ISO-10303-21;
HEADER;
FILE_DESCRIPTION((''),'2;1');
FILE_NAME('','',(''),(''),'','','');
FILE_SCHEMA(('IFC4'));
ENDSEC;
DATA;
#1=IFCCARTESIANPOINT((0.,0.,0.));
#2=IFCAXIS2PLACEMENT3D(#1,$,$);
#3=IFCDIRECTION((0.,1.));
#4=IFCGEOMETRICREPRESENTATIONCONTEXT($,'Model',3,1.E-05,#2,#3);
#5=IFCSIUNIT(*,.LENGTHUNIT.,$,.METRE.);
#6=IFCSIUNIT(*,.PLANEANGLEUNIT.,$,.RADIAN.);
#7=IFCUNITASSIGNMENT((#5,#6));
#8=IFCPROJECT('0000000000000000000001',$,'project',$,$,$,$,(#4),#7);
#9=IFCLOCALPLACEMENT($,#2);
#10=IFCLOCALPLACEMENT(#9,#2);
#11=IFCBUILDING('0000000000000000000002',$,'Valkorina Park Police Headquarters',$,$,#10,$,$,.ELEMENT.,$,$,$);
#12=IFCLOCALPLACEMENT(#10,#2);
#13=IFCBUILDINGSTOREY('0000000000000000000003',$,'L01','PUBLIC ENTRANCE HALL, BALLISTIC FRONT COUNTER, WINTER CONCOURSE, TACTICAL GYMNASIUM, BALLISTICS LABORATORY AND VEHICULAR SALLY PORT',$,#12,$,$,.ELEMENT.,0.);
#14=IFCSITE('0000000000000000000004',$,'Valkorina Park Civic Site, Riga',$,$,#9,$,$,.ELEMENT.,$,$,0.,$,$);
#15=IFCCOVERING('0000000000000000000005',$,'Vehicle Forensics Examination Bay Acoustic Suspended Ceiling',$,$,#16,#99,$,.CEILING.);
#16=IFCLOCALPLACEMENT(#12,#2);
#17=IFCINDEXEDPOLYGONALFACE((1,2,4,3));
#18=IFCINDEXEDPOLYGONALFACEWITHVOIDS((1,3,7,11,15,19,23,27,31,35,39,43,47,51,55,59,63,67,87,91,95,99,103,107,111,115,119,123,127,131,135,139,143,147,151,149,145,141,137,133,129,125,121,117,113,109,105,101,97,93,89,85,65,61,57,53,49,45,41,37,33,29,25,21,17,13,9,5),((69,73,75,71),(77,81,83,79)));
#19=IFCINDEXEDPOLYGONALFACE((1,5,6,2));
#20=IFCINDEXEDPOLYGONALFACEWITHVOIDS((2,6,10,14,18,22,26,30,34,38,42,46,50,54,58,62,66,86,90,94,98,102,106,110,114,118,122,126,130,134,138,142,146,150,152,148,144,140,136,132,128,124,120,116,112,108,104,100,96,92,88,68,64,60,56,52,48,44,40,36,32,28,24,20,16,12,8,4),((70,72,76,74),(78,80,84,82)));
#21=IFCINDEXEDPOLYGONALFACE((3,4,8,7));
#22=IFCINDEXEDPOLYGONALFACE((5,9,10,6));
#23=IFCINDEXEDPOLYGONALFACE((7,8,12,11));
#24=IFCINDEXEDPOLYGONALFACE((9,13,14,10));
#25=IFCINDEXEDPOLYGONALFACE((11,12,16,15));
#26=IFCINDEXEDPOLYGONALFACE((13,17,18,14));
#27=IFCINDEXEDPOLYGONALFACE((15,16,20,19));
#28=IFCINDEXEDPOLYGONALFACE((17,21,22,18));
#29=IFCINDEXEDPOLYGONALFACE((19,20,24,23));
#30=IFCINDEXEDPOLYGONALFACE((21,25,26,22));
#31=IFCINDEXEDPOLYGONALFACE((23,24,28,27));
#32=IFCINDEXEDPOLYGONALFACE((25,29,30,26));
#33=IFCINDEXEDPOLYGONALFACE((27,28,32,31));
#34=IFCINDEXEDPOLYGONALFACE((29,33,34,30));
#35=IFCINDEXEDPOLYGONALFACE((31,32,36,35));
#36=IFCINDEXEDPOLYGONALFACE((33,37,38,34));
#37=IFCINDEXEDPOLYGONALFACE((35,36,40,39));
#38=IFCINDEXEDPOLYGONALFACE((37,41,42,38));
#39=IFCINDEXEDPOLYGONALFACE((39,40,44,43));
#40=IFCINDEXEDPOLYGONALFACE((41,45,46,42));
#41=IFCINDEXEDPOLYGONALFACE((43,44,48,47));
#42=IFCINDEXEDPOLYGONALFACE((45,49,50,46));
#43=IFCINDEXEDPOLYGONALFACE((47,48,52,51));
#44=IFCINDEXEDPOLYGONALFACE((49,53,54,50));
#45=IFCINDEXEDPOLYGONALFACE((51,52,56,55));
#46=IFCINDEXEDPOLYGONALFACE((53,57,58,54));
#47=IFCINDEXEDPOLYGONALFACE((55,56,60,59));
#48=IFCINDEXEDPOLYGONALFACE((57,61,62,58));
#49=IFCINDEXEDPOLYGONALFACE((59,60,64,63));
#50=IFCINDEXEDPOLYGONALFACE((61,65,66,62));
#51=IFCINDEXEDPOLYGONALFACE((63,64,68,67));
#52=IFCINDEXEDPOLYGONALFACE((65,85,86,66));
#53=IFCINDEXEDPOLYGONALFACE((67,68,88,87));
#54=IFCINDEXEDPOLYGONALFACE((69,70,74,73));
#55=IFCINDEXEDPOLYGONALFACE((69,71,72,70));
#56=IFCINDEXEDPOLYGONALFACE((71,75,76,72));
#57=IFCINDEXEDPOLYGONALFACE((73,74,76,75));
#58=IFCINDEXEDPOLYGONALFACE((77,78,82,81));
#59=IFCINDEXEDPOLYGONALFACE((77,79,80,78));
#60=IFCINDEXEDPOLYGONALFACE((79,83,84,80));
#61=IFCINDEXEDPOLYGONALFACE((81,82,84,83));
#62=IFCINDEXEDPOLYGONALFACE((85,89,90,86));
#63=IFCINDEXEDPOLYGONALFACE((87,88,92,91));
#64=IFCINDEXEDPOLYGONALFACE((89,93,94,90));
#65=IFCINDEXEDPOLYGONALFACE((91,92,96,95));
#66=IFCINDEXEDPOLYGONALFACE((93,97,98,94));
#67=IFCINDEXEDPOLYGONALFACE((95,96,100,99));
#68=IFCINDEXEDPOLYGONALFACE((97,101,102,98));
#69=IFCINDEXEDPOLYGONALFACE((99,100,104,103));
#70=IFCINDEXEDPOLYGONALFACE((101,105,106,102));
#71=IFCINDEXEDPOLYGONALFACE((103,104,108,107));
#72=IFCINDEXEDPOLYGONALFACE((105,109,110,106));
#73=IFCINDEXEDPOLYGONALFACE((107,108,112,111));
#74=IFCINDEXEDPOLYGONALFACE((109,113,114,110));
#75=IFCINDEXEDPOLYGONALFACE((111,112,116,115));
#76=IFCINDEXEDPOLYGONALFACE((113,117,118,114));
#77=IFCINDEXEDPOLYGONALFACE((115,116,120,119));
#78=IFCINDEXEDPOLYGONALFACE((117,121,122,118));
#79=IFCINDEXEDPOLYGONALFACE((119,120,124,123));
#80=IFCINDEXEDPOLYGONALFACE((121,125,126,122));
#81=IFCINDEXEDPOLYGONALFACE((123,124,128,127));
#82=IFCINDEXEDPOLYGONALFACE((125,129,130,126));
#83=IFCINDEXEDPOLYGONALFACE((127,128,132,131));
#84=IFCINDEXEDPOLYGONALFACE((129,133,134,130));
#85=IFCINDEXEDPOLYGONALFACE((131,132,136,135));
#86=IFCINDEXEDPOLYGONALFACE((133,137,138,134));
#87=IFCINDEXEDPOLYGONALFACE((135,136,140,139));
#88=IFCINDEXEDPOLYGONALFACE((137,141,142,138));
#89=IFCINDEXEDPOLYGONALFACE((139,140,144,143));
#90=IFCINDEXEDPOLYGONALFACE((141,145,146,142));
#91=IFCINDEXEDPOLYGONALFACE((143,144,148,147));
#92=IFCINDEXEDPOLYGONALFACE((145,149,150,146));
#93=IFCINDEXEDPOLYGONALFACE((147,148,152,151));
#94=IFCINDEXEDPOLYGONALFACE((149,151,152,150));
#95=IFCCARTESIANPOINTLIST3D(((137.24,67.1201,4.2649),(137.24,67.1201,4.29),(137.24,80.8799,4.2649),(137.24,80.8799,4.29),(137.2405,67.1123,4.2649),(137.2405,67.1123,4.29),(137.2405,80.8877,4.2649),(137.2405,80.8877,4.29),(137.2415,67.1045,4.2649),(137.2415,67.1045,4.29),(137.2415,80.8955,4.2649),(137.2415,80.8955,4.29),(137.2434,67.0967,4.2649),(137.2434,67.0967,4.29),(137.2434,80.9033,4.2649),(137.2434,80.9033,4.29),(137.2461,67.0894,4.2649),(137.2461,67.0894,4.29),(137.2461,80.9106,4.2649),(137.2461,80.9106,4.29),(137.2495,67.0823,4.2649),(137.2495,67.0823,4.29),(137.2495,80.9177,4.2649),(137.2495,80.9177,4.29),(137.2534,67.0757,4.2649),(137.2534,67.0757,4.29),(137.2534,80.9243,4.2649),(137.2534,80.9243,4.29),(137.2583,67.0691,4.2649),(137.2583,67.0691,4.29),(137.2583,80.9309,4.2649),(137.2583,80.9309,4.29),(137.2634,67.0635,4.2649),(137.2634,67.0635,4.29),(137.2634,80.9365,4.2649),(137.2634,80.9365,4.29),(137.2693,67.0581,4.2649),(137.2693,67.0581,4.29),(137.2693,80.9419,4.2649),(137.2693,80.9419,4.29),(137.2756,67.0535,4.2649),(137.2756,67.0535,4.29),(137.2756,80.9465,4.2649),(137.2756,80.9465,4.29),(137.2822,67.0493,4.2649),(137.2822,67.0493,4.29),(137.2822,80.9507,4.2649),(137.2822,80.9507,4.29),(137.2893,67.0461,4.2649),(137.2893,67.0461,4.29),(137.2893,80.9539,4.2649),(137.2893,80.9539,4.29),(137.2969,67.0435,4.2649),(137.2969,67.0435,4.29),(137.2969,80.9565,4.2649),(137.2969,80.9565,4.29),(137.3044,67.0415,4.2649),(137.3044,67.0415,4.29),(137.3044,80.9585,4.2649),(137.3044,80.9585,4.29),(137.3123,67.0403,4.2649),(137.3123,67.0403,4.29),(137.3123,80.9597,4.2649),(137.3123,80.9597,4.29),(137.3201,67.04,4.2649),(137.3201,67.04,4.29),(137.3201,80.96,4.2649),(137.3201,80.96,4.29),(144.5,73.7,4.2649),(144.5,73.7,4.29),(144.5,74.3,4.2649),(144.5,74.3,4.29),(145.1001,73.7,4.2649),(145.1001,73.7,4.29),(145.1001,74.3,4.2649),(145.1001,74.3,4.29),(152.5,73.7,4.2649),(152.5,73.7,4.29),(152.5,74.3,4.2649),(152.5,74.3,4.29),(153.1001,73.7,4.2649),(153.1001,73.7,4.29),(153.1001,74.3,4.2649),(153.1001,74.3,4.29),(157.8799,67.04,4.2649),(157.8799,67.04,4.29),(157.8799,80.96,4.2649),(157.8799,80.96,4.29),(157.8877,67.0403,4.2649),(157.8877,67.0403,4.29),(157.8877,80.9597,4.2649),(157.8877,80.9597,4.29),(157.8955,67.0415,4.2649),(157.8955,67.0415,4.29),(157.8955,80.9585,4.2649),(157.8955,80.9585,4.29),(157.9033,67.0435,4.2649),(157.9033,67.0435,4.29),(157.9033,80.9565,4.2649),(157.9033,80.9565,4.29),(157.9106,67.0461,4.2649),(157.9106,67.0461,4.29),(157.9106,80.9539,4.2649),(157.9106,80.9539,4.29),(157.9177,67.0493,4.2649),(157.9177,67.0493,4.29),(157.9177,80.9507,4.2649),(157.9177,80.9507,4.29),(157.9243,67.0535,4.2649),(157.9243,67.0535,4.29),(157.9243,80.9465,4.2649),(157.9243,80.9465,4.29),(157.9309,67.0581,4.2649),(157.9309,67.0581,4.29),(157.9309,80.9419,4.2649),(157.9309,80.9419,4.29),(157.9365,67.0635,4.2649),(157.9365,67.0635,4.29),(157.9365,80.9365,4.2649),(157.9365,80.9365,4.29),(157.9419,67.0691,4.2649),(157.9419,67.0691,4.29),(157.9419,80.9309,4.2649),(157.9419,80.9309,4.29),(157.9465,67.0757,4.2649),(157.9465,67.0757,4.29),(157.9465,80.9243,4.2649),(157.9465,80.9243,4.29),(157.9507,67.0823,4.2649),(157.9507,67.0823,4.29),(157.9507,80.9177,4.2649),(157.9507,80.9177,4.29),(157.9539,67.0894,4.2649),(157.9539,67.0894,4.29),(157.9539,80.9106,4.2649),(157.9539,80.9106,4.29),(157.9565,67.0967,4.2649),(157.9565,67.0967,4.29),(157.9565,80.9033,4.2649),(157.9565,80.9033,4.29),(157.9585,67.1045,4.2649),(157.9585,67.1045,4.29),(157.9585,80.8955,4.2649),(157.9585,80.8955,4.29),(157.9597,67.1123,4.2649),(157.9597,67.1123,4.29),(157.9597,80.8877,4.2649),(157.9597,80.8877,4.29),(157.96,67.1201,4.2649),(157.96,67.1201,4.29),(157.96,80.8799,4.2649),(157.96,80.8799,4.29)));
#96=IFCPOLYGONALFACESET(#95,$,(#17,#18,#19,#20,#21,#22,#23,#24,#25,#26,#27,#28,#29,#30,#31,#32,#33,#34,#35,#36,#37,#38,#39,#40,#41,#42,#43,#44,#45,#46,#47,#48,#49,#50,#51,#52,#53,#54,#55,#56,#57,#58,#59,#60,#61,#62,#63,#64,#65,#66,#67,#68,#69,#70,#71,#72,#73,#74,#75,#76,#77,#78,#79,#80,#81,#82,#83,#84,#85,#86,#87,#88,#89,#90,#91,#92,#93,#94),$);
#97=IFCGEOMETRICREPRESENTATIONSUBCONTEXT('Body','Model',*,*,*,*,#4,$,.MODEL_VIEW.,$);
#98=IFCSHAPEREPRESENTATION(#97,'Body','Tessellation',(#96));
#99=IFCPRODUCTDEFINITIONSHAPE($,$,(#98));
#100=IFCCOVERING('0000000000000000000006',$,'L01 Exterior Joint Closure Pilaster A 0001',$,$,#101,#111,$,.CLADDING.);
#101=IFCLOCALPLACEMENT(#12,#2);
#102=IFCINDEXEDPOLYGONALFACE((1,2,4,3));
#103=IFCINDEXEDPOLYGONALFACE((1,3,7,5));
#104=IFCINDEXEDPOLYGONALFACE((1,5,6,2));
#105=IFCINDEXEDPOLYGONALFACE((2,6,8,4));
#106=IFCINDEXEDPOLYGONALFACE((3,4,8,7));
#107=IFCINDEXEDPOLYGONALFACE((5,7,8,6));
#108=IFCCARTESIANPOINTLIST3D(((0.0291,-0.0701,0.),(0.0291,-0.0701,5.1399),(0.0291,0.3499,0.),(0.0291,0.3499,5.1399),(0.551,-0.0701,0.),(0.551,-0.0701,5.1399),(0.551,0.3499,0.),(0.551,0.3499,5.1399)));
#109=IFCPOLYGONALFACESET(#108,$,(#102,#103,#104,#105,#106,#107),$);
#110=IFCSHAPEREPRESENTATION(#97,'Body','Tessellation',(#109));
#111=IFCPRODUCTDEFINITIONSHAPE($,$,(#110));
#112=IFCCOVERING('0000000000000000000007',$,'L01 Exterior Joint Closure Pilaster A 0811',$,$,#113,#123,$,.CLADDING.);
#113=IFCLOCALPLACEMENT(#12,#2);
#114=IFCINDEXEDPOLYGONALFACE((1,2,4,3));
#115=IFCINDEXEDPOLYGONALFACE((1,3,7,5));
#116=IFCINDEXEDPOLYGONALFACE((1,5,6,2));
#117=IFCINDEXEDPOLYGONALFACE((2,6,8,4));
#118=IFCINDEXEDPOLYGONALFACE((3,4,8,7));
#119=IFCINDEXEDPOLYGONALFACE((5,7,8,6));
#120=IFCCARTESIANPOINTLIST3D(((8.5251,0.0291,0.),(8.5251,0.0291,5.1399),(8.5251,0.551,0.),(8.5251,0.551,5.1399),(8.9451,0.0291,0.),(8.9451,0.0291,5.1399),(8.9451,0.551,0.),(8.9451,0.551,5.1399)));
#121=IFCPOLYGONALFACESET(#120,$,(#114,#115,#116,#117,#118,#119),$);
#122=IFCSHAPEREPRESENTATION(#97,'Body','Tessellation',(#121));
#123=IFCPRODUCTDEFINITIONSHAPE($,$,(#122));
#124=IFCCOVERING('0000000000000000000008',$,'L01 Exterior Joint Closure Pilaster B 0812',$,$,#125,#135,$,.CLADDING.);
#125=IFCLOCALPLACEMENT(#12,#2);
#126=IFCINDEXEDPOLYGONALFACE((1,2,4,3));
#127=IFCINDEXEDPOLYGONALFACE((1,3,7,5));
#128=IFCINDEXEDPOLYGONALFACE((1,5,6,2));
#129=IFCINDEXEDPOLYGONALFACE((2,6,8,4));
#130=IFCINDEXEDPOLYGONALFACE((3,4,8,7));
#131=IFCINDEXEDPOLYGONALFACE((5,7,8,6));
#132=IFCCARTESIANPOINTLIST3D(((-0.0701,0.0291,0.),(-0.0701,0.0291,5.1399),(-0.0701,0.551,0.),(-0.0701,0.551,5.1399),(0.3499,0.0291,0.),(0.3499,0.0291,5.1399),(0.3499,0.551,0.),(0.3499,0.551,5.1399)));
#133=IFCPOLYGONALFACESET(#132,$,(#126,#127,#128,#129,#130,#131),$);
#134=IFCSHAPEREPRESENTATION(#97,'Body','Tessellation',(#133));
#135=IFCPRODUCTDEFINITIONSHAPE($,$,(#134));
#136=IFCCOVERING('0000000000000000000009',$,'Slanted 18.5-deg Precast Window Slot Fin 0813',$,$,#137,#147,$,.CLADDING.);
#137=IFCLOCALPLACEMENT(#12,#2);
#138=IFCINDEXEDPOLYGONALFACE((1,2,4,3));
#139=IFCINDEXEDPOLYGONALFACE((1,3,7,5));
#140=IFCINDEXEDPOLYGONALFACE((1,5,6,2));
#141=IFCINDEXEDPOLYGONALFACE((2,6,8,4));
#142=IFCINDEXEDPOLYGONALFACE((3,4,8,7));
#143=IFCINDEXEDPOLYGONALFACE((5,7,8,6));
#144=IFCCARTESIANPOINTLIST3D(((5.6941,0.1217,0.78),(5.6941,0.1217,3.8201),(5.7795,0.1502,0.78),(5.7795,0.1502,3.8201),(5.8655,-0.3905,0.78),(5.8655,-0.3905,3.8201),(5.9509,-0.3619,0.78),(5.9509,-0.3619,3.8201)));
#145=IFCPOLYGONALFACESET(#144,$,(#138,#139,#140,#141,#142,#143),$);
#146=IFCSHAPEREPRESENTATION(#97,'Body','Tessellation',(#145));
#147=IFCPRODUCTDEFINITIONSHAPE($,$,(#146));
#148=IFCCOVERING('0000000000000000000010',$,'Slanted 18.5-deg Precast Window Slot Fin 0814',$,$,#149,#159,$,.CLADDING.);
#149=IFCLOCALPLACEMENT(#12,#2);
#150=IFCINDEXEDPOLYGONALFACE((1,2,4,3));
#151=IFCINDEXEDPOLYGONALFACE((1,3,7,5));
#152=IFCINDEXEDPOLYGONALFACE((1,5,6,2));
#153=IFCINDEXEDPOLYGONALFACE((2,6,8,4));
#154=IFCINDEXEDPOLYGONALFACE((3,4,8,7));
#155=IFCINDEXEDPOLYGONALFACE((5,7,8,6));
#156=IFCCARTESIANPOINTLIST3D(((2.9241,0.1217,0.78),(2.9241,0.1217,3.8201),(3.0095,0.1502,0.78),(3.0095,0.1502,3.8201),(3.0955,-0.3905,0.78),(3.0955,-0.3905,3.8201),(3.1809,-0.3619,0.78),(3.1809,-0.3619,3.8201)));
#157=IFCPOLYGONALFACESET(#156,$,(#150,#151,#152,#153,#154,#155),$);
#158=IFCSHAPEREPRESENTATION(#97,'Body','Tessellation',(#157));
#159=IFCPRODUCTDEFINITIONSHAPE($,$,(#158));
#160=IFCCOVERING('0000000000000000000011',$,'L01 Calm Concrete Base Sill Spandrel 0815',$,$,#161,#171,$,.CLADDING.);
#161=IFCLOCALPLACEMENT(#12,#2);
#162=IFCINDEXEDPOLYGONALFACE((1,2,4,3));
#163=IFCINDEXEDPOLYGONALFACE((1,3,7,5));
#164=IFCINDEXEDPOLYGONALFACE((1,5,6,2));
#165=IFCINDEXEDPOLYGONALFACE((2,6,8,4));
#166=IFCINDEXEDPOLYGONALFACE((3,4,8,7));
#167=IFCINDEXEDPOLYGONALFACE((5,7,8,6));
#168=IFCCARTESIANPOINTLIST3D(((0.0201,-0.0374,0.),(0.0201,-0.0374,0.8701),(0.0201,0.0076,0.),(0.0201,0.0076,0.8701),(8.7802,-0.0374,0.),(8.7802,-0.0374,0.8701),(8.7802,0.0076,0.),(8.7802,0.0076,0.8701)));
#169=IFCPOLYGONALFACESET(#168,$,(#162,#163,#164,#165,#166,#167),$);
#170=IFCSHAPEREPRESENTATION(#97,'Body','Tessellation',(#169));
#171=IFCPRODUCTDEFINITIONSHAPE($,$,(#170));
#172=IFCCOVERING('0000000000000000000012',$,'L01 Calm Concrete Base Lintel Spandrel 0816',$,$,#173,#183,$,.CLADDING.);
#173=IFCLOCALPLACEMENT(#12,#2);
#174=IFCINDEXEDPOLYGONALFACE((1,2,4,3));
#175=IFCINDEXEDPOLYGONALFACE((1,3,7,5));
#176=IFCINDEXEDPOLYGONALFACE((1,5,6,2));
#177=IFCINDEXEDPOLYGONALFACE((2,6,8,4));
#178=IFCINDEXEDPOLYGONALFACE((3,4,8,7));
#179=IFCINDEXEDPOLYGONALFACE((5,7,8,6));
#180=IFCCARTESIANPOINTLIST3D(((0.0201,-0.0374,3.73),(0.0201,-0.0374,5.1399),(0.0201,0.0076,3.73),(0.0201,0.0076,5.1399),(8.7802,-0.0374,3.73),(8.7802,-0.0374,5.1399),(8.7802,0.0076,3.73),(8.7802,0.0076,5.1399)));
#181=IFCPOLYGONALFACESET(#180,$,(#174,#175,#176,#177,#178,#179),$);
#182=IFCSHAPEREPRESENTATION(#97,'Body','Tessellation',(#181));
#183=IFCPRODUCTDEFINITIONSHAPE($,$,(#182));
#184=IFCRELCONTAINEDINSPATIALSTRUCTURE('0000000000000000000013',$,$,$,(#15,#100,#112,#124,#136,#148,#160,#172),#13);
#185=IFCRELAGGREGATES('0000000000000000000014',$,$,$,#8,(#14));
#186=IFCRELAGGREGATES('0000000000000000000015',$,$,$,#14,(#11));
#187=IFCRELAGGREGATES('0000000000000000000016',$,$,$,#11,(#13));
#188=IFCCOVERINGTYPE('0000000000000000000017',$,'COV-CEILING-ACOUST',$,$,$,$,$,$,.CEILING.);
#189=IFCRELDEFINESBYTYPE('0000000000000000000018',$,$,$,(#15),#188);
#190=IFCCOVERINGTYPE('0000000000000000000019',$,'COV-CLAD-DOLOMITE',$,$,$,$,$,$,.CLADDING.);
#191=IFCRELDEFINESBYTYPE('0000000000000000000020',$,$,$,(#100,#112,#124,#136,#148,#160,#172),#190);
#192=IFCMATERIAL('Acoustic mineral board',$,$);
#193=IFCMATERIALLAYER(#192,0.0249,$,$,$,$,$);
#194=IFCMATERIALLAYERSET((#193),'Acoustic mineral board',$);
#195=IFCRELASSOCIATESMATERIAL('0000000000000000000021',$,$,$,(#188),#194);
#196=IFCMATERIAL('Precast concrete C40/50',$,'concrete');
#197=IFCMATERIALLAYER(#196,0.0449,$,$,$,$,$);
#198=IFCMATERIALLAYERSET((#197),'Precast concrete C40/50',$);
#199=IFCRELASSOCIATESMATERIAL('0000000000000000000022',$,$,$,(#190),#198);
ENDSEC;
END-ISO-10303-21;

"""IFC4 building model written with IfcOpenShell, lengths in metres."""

from ifc_helpers import new_model, si_unit, direction, frame, frame_2d, origin, origin_2d, place, context, subcontext, project, spatial, polyline, rectangle, outline, extrude, material, layer, layer_set, type_object, element, save


model = new_model("IFC4")

# Units and contexts
model_context = context("Model", 3, precision=1e-05, world=origin(), true_north=direction((0.0, 1.0)))
body_context = subcontext(model_context, "Body", "Model", "MODEL_VIEW")
ifc_project = project(units=[si_unit("LENGTHUNIT", "METRE"), si_unit("PLANEANGLEUNIT", "RADIAN")], contexts=[model_context])

# Site, building, storey
site_placement = place(None, origin())
site = spatial("IfcSite", under=ifc_project, at=site_placement, Name="Valkorina Park Civic Site, Riga", CompositionType="ELEMENT", RefElevation=0.0)
building_placement = place(site_placement, origin())
building = spatial("IfcBuilding", under=site, at=building_placement, Name="Valkorina Park Police Headquarters", CompositionType="ELEMENT")
storey_placement = place(building_placement, origin())
storey = spatial("IfcBuildingStorey", under=building, at=storey_placement, Name="L01", Description="PUBLIC ENTRANCE HALL, BALLISTIC FRONT COUNTER, WINTER CONCOURSE, TACTICAL GYMNASIUM, BALLISTICS LABORATORY AND VEHICULAR SALLY PORT", CompositionType="ELEMENT", Elevation=0.0)

# Coverings
ifc_material_1 = material(Name="Acoustic mineral board")
ifc_layer_1 = layer(ifc_material_1, 0.0249)
ifc_layer_set_1 = layer_set([ifc_layer_1], Name="Acoustic mineral board")
covering_type_1 = type_object("IfcCoveringType", Name="COV-CEILING-ACOUST", PredefinedType="CEILING", material=ifc_layer_set_1)
covering_1_placement = place(storey_placement, frame((0.0, 0.0, 4.2649)))
element("IfcCovering", 1, at=covering_1_placement, inside=storey, type_object=covering_type_1, Name="Vehicle Forensics Examination Bay Acoustic Suspended Ceiling", PredefinedType="CEILING", context=body_context, shape_type="SweptSolid", body=[
    extrude(outline(polyline([(157.9585, 67.1045), (157.9597, 67.1123), (157.96, 67.1201), (157.96, 80.8799), (157.9597, 80.8877), (157.9585, 80.8955), (157.9565, 80.9033), (157.9539, 80.9106), (157.9507, 80.9177), (157.9465, 80.9243), (157.9419, 80.9309), (157.9365, 80.9365), (157.9309, 80.9419), (157.9243, 80.9465), (157.9177, 80.9507), (157.9106, 80.9539), (157.9033, 80.9565), (157.8955, 80.9585), (157.8877, 80.9597), (157.8799, 80.96), (137.3201, 80.96), (137.3123, 80.9597), (137.3044, 80.9585), (137.2969, 80.9565), (137.2893, 80.9539), (137.2822, 80.9507), (137.2756, 80.9465), (137.2693, 80.9419), (137.2634, 80.9365), (137.2583, 80.9309), (137.2534, 80.9243), (137.2495, 80.9177), (137.2461, 80.9106), (137.2434, 80.9033), (137.2415, 80.8955), (137.2405, 80.8877), (137.24, 80.8799), (137.24, 67.1201), (137.2405, 67.1123), (137.2415, 67.1045), (137.2434, 67.0967), (137.2461, 67.0894), (137.2495, 67.0823), (137.2534, 67.0757), (137.2583, 67.0691), (137.2634, 67.0635), (137.2693, 67.0581), (137.2756, 67.0535), (137.2822, 67.0493), (137.2893, 67.0461), (137.2969, 67.0435), (137.3044, 67.0415), (137.3123, 67.0403), (137.3201, 67.04), (157.8799, 67.04), (157.8877, 67.0403), (157.8955, 67.0415), (157.9033, 67.0435), (157.9106, 67.0461), (157.9177, 67.0493), (157.9243, 67.0535), (157.9309, 67.0581), (157.9365, 67.0635), (157.9419, 67.0691), (157.9465, 67.0757), (157.9507, 67.0823), (157.9539, 67.0894), (157.9565, 67.0967), (157.9585, 67.1045)]), holes=[polyline([(153.1001, 73.7), (152.5, 73.7), (152.5, 74.3), (153.1001, 74.3), (153.1001, 73.7)]), polyline([(145.1001, 73.7), (144.5, 73.7), (144.5, 74.3), (145.1001, 74.3), (145.1001, 73.7)])]), origin(), (0.0, 0.0, 1.0), 0.0251),
])
ifc_material_2 = material(Name="Precast concrete C40/50", Category="concrete")
ifc_layer_2 = layer(ifc_material_2, 0.0449)
ifc_layer_set_2 = layer_set([ifc_layer_2], Name="Precast concrete C40/50")
covering_type_2 = type_object("IfcCoveringType", Name="COV-CLAD-DOLOMITE", PredefinedType="CLADDING", material=ifc_layer_set_2)
for number, where, z_axis, x_axis, name in (
    (2, (0.29, 0.1399, 0.0), (0.0, 0.0, 1.0), (0.0, 1.0, 0.0), "L01 Exterior Joint Closure Pilaster A 0001"),
    (3, (8.7351, 0.29, 0.0), (0.0, 0.0, 1.0), (1.0, 0.0, 0.0), "L01 Exterior Joint Closure Pilaster A 0811"),
    (4, (0.1399, 0.29, 0.0), (0.0, 0.0, 1.0), (1.0, 0.0, 0.0), "L01 Exterior Joint Closure Pilaster B 0812"),
):
    element("IfcCovering", number, at=place(storey_placement, frame(where, z_axis=z_axis, x_axis=x_axis)), inside=storey, type_object=covering_type_2, Name=name, PredefinedType="CLADDING", context=body_context, shape_type="SweptSolid", body=[
        extrude(rectangle(XDim=0.4199, YDim=0.522, at=origin_2d()), origin(), (0.0, 0.0, 1.0), 5.1399),
    ])
for number, where, z_axis, x_axis, name in (
    (5, (5.8225, -0.1201, 0.78), (0.0, 0.0, 1.0), (0.317305, -0.948324, 0.0), "Slanted 18.5-deg Precast Window Slot Fin 0813"),
    (6, (3.0525, -0.1201, 0.78), (0.0, 0.0, 1.0), (0.317305, -0.948324, 0.0), "Slanted 18.5-deg Precast Window Slot Fin 0814"),
):
    element("IfcCovering", number, at=place(storey_placement, frame(where, z_axis=z_axis, x_axis=x_axis)), inside=storey, type_object=covering_type_2, Name=name, PredefinedType="CLADDING", context=body_context, shape_type="SweptSolid", body=[
        extrude(rectangle(XDim=0.54, YDim=0.0901, at=origin_2d()), origin(), (0.0, 0.0, 1.0), 3.04),
    ])
covering_2_placement = place(storey_placement, frame((8.78, -0.0149, 0.0), z_axis=(0.0, 0.0, 1.0), x_axis=(-1.0, 0.0, 0.0)))
element("IfcCovering", 7, at=covering_2_placement, inside=storey, type_object=covering_type_2, Name="L01 Calm Concrete Base Sill Spandrel 0815", PredefinedType="CLADDING", context=body_context, shape_type="SweptSolid", body=[
    extrude(rectangle(XDim=8.76, YDim=0.0449, at=frame_2d((4.3799, 0.0))), origin(), (0.0, 0.0, 1.0), 0.8701),
])
covering_3_placement = place(storey_placement, frame((8.78, -0.0149, 3.73), z_axis=(0.0, 0.0, 1.0), x_axis=(-1.0, 0.0, 0.0)))
element("IfcCovering", 8, at=covering_3_placement, inside=storey, type_object=covering_type_2, Name="L01 Calm Concrete Base Lintel Spandrel 0816", PredefinedType="CLADDING", context=body_context, shape_type="SweptSolid", body=[
    extrude(rectangle(XDim=8.76, YDim=0.0449, at=frame_2d((4.3799, 0.0))), origin(), (0.0, 0.0, 1.0), 1.4099),
])

save(model, "model.ifc")
